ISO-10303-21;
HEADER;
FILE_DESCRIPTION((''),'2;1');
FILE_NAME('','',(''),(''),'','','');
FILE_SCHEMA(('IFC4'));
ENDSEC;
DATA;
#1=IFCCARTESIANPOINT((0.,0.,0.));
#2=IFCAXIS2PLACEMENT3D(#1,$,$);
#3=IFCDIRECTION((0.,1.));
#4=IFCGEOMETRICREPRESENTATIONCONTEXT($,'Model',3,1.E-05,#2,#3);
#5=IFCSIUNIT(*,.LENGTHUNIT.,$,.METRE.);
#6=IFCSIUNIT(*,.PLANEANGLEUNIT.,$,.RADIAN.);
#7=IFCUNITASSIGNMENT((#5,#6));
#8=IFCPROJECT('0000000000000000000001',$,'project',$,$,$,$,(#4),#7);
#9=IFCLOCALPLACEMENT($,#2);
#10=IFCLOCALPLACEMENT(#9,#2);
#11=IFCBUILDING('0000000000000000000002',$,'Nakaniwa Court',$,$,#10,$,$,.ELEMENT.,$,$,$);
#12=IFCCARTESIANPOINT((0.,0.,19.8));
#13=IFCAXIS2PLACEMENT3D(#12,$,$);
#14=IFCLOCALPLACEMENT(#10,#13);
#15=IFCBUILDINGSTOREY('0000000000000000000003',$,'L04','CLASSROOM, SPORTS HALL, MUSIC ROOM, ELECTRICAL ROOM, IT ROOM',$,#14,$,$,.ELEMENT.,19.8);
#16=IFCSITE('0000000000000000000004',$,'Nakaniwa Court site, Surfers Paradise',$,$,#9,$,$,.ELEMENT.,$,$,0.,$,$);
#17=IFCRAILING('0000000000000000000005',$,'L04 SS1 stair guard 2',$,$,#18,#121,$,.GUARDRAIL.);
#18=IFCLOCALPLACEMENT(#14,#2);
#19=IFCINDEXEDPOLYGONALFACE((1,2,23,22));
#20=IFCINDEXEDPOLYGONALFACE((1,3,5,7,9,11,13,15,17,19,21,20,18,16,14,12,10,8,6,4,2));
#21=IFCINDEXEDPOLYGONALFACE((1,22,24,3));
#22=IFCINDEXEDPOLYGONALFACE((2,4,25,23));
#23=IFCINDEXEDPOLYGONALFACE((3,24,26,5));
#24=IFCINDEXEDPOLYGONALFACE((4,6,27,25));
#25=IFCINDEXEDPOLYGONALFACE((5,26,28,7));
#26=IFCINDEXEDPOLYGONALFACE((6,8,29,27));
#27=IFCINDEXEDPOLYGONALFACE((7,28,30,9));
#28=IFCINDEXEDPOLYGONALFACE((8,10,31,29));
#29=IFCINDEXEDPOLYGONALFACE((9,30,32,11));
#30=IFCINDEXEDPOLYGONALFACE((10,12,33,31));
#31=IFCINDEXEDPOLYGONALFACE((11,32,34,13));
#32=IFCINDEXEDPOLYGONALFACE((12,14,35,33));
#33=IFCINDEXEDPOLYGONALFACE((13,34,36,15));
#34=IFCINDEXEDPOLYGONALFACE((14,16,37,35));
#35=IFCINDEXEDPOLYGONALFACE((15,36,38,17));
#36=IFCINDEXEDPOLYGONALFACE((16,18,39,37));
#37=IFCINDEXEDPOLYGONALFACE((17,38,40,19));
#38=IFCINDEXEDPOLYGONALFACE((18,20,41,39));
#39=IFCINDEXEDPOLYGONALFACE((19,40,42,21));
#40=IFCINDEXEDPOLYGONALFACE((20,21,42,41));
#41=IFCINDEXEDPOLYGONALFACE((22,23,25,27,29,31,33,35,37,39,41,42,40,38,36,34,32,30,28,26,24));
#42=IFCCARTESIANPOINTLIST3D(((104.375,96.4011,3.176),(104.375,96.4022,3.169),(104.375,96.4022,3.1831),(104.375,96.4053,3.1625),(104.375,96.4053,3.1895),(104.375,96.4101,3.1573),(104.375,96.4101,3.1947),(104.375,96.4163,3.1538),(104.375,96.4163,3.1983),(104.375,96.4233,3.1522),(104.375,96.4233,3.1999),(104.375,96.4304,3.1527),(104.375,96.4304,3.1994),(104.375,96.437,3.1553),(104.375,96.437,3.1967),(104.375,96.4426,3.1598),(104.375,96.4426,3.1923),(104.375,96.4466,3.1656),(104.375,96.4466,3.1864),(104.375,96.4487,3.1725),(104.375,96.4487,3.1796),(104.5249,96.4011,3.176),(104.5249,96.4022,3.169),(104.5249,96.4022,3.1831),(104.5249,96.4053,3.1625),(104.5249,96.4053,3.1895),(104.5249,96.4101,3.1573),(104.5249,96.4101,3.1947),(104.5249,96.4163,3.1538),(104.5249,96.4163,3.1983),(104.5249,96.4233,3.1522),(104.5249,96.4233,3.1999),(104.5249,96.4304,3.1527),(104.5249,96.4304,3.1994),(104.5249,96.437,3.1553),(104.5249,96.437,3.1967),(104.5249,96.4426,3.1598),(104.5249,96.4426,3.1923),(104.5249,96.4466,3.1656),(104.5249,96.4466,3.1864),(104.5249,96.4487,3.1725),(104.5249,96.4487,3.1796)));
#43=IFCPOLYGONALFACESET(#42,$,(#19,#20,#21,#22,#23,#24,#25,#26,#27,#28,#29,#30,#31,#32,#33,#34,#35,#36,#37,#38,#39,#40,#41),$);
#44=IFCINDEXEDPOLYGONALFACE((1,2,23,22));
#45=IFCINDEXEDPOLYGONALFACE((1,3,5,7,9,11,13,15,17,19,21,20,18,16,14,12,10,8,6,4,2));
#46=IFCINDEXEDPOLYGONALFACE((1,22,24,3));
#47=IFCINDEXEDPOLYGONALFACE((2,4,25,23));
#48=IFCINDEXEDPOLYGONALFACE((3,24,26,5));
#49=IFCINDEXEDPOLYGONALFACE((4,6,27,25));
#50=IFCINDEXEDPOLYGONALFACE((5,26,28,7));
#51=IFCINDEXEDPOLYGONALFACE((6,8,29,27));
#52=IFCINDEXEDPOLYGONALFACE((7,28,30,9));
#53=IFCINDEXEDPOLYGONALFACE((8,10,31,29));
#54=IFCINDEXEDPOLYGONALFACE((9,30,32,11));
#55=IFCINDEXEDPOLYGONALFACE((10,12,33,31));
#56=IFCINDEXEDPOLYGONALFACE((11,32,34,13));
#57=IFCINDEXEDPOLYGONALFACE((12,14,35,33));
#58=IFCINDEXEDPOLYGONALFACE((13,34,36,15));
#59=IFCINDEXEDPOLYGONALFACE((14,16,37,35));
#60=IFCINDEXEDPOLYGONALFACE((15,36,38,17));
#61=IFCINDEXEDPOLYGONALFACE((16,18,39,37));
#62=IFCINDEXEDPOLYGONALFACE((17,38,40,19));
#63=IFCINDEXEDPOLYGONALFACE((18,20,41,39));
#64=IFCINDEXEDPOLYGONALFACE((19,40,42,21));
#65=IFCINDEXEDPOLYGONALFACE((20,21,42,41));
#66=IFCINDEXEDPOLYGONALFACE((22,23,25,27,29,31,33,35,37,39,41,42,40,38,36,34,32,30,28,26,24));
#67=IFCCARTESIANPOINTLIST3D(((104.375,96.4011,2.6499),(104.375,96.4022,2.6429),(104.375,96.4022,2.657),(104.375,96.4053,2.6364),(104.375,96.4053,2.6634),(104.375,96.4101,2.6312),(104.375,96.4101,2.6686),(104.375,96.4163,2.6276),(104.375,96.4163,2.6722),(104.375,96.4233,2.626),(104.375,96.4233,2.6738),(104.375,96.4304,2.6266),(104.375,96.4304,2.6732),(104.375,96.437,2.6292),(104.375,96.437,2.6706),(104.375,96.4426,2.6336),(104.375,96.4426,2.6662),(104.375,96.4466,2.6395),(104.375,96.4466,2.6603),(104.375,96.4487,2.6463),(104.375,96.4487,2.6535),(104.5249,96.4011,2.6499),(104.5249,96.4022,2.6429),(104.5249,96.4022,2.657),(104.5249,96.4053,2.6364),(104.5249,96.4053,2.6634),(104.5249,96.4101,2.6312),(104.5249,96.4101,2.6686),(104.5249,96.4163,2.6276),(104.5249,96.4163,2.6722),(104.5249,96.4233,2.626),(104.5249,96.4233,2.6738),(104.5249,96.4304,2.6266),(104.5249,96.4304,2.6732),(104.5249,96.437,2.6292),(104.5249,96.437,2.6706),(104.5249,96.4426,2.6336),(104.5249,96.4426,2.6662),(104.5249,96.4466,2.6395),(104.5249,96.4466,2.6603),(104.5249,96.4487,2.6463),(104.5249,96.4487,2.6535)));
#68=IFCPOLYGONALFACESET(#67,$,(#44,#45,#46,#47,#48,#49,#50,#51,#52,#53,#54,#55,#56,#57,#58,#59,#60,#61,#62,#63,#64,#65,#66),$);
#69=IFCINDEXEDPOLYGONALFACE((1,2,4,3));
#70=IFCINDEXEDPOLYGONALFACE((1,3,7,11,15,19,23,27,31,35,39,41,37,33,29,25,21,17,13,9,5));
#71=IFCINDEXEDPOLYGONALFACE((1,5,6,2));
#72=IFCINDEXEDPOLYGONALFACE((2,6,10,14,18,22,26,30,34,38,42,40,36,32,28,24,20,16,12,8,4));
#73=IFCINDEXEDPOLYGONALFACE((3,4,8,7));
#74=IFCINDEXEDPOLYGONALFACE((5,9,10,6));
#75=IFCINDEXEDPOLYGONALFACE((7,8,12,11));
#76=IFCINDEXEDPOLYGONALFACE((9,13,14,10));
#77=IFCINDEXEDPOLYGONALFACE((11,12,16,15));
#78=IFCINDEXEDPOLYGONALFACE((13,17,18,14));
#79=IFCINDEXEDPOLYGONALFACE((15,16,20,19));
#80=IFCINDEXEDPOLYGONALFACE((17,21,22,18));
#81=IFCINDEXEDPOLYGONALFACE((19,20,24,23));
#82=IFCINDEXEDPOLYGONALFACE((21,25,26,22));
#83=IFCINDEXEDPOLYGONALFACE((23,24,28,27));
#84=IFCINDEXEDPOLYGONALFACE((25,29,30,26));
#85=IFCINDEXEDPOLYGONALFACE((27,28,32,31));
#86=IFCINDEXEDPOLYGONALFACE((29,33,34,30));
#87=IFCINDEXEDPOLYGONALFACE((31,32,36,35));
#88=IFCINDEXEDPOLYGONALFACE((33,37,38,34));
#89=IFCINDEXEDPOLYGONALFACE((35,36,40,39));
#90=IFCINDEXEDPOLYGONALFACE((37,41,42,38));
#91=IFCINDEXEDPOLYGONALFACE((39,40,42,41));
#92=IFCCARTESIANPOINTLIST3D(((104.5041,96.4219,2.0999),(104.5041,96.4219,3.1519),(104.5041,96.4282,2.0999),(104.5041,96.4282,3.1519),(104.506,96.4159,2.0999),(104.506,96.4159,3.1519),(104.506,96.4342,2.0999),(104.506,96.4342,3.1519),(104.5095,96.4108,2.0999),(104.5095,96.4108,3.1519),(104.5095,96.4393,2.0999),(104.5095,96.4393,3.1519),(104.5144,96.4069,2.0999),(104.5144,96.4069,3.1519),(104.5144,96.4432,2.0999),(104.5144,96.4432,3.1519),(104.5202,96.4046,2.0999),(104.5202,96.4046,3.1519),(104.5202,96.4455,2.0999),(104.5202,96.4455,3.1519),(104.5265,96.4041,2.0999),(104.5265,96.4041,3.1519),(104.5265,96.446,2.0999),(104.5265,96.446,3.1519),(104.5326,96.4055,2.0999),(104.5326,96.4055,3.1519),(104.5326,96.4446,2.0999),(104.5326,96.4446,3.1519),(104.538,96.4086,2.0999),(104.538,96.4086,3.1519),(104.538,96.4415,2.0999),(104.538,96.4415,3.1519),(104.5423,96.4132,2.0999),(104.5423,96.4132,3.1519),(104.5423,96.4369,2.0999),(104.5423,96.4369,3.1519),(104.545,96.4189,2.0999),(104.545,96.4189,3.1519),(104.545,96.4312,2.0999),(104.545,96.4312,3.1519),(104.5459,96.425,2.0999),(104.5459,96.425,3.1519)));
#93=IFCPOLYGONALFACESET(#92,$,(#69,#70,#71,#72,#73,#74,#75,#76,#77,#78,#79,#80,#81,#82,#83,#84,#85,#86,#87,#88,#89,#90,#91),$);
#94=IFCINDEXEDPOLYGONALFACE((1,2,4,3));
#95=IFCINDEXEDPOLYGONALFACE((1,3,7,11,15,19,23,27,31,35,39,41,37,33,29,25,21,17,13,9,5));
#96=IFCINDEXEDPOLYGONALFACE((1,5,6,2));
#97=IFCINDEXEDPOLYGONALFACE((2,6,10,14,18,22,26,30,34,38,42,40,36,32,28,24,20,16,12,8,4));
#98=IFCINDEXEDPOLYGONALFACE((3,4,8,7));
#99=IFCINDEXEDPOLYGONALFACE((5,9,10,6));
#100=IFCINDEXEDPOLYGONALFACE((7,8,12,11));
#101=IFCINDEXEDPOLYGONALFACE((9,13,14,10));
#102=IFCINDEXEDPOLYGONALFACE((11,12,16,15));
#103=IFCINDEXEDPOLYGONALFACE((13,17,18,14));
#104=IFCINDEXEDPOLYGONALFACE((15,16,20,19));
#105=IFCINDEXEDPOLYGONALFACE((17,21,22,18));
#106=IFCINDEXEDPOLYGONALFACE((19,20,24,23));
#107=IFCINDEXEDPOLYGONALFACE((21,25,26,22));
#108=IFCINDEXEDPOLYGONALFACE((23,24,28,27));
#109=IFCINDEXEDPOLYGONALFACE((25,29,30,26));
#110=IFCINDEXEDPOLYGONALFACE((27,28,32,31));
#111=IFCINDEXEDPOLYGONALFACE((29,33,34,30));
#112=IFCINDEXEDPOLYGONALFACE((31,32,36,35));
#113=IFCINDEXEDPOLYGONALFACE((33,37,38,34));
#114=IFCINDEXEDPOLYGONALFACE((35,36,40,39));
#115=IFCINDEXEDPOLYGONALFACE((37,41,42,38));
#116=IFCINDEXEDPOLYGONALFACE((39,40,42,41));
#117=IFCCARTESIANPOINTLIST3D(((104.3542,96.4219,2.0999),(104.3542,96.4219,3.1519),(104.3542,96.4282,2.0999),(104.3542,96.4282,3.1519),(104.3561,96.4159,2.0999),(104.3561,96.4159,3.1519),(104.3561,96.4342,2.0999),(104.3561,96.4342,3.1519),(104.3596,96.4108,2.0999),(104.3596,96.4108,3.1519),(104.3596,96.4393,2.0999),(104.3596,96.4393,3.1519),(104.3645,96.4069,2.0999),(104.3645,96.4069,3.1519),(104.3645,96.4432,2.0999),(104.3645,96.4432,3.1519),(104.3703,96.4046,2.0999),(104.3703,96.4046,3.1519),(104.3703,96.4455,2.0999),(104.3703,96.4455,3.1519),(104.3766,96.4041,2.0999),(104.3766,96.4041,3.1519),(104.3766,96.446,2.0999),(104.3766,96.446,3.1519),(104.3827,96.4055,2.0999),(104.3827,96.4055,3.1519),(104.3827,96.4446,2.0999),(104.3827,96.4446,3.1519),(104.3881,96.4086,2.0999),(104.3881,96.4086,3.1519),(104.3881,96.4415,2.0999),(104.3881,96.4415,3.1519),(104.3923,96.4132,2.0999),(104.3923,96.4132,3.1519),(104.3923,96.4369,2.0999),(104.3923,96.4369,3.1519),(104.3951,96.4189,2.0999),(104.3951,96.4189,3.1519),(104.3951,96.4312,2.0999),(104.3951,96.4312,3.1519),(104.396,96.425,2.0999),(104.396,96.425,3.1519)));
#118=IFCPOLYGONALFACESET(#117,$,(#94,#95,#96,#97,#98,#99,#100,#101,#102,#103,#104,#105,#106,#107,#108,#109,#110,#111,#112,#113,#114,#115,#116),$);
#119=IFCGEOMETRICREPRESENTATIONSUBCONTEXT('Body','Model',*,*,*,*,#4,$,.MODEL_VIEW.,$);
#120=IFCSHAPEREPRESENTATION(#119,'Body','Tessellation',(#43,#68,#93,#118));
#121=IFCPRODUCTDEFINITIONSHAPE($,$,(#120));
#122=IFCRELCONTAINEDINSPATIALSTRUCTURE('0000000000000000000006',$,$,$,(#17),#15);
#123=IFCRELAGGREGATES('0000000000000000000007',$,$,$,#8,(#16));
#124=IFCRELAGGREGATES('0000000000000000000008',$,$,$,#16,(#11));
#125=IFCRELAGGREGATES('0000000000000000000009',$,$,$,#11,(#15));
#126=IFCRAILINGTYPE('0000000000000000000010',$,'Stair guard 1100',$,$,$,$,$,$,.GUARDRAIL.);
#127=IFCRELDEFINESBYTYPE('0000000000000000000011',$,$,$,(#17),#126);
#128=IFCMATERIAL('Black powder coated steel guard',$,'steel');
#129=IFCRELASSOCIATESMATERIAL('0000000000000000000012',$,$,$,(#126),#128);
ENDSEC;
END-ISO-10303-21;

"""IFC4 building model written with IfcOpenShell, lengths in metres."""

from ifc_helpers import new_model, si_unit, direction, frame, origin, origin_2d, place, context, subcontext, project, spatial, circle, extrude, material, type_object, element, save


model = new_model("IFC4")

# Units and contexts
model_context = context("Model", 3, precision=1e-05, world=origin(), true_north=direction((0.0, 1.0)))
body_context = subcontext(model_context, "Body", "Model", "MODEL_VIEW")
ifc_project = project(units=[si_unit("LENGTHUNIT", "METRE"), si_unit("PLANEANGLEUNIT", "RADIAN")], contexts=[model_context])

# Site, building, storey
site_placement = place(None, origin())
site = spatial("IfcSite", under=ifc_project, at=site_placement, Name="Nakaniwa Court site, Surfers Paradise", CompositionType="ELEMENT", RefElevation=0.0)
building_placement = place(site_placement, origin())
building = spatial("IfcBuilding", under=site, at=building_placement, Name="Nakaniwa Court", CompositionType="ELEMENT")
storey_placement = place(building_placement, frame((0.0, 0.0, 19.8)))
storey = spatial("IfcBuildingStorey", under=building, at=storey_placement, Name="L04", Description="CLASSROOM, SPORTS HALL, MUSIC ROOM, ELECTRICAL ROOM, IT ROOM", CompositionType="ELEMENT", Elevation=19.8)

# Railing
ifc_material_1 = material(Name="Black powder coated steel guard", Category="steel")
railing_type_1 = type_object("IfcRailingType", Name="Stair guard 1100", PredefinedType="GUARDRAIL", material=ifc_material_1)
railing_1_placement = place(storey_placement, frame((104.5249, 96.425, 2.0999)))
element("IfcRailing", 1, at=railing_1_placement, inside=storey, type_object=railing_type_1, Name="L04 SS1 stair guard 2", PredefinedType="GUARDRAIL", context=body_context, shape_type="SweptSolid", body=[
    extrude(circle(Radius=0.0239, at=origin_2d()), frame((0.0, 0.0, 1.0762), z_axis=(-1.0, 0.0, 0.0), x_axis=(0.0, -1.0, 0.0)), (0.0, 0.0, 1.0), 0.1499),
    extrude(circle(Radius=0.0239, at=origin_2d()), frame((0.0, 0.0, 0.55), z_axis=(-1.0, 0.0, 0.0), x_axis=(0.0, -1.0, 0.0)), (0.0, 0.0, 1.0), 0.1499),
    extrude(circle(Radius=0.021, at=origin_2d()), origin(), (0.0, 0.0, 1.0), 1.052),
    extrude(circle(Radius=0.021, at=origin_2d()), frame((-0.1499, 0.0, 0.0)), (0.0, 0.0, 1.0), 1.052),
])

save(model, "model.ifc")
